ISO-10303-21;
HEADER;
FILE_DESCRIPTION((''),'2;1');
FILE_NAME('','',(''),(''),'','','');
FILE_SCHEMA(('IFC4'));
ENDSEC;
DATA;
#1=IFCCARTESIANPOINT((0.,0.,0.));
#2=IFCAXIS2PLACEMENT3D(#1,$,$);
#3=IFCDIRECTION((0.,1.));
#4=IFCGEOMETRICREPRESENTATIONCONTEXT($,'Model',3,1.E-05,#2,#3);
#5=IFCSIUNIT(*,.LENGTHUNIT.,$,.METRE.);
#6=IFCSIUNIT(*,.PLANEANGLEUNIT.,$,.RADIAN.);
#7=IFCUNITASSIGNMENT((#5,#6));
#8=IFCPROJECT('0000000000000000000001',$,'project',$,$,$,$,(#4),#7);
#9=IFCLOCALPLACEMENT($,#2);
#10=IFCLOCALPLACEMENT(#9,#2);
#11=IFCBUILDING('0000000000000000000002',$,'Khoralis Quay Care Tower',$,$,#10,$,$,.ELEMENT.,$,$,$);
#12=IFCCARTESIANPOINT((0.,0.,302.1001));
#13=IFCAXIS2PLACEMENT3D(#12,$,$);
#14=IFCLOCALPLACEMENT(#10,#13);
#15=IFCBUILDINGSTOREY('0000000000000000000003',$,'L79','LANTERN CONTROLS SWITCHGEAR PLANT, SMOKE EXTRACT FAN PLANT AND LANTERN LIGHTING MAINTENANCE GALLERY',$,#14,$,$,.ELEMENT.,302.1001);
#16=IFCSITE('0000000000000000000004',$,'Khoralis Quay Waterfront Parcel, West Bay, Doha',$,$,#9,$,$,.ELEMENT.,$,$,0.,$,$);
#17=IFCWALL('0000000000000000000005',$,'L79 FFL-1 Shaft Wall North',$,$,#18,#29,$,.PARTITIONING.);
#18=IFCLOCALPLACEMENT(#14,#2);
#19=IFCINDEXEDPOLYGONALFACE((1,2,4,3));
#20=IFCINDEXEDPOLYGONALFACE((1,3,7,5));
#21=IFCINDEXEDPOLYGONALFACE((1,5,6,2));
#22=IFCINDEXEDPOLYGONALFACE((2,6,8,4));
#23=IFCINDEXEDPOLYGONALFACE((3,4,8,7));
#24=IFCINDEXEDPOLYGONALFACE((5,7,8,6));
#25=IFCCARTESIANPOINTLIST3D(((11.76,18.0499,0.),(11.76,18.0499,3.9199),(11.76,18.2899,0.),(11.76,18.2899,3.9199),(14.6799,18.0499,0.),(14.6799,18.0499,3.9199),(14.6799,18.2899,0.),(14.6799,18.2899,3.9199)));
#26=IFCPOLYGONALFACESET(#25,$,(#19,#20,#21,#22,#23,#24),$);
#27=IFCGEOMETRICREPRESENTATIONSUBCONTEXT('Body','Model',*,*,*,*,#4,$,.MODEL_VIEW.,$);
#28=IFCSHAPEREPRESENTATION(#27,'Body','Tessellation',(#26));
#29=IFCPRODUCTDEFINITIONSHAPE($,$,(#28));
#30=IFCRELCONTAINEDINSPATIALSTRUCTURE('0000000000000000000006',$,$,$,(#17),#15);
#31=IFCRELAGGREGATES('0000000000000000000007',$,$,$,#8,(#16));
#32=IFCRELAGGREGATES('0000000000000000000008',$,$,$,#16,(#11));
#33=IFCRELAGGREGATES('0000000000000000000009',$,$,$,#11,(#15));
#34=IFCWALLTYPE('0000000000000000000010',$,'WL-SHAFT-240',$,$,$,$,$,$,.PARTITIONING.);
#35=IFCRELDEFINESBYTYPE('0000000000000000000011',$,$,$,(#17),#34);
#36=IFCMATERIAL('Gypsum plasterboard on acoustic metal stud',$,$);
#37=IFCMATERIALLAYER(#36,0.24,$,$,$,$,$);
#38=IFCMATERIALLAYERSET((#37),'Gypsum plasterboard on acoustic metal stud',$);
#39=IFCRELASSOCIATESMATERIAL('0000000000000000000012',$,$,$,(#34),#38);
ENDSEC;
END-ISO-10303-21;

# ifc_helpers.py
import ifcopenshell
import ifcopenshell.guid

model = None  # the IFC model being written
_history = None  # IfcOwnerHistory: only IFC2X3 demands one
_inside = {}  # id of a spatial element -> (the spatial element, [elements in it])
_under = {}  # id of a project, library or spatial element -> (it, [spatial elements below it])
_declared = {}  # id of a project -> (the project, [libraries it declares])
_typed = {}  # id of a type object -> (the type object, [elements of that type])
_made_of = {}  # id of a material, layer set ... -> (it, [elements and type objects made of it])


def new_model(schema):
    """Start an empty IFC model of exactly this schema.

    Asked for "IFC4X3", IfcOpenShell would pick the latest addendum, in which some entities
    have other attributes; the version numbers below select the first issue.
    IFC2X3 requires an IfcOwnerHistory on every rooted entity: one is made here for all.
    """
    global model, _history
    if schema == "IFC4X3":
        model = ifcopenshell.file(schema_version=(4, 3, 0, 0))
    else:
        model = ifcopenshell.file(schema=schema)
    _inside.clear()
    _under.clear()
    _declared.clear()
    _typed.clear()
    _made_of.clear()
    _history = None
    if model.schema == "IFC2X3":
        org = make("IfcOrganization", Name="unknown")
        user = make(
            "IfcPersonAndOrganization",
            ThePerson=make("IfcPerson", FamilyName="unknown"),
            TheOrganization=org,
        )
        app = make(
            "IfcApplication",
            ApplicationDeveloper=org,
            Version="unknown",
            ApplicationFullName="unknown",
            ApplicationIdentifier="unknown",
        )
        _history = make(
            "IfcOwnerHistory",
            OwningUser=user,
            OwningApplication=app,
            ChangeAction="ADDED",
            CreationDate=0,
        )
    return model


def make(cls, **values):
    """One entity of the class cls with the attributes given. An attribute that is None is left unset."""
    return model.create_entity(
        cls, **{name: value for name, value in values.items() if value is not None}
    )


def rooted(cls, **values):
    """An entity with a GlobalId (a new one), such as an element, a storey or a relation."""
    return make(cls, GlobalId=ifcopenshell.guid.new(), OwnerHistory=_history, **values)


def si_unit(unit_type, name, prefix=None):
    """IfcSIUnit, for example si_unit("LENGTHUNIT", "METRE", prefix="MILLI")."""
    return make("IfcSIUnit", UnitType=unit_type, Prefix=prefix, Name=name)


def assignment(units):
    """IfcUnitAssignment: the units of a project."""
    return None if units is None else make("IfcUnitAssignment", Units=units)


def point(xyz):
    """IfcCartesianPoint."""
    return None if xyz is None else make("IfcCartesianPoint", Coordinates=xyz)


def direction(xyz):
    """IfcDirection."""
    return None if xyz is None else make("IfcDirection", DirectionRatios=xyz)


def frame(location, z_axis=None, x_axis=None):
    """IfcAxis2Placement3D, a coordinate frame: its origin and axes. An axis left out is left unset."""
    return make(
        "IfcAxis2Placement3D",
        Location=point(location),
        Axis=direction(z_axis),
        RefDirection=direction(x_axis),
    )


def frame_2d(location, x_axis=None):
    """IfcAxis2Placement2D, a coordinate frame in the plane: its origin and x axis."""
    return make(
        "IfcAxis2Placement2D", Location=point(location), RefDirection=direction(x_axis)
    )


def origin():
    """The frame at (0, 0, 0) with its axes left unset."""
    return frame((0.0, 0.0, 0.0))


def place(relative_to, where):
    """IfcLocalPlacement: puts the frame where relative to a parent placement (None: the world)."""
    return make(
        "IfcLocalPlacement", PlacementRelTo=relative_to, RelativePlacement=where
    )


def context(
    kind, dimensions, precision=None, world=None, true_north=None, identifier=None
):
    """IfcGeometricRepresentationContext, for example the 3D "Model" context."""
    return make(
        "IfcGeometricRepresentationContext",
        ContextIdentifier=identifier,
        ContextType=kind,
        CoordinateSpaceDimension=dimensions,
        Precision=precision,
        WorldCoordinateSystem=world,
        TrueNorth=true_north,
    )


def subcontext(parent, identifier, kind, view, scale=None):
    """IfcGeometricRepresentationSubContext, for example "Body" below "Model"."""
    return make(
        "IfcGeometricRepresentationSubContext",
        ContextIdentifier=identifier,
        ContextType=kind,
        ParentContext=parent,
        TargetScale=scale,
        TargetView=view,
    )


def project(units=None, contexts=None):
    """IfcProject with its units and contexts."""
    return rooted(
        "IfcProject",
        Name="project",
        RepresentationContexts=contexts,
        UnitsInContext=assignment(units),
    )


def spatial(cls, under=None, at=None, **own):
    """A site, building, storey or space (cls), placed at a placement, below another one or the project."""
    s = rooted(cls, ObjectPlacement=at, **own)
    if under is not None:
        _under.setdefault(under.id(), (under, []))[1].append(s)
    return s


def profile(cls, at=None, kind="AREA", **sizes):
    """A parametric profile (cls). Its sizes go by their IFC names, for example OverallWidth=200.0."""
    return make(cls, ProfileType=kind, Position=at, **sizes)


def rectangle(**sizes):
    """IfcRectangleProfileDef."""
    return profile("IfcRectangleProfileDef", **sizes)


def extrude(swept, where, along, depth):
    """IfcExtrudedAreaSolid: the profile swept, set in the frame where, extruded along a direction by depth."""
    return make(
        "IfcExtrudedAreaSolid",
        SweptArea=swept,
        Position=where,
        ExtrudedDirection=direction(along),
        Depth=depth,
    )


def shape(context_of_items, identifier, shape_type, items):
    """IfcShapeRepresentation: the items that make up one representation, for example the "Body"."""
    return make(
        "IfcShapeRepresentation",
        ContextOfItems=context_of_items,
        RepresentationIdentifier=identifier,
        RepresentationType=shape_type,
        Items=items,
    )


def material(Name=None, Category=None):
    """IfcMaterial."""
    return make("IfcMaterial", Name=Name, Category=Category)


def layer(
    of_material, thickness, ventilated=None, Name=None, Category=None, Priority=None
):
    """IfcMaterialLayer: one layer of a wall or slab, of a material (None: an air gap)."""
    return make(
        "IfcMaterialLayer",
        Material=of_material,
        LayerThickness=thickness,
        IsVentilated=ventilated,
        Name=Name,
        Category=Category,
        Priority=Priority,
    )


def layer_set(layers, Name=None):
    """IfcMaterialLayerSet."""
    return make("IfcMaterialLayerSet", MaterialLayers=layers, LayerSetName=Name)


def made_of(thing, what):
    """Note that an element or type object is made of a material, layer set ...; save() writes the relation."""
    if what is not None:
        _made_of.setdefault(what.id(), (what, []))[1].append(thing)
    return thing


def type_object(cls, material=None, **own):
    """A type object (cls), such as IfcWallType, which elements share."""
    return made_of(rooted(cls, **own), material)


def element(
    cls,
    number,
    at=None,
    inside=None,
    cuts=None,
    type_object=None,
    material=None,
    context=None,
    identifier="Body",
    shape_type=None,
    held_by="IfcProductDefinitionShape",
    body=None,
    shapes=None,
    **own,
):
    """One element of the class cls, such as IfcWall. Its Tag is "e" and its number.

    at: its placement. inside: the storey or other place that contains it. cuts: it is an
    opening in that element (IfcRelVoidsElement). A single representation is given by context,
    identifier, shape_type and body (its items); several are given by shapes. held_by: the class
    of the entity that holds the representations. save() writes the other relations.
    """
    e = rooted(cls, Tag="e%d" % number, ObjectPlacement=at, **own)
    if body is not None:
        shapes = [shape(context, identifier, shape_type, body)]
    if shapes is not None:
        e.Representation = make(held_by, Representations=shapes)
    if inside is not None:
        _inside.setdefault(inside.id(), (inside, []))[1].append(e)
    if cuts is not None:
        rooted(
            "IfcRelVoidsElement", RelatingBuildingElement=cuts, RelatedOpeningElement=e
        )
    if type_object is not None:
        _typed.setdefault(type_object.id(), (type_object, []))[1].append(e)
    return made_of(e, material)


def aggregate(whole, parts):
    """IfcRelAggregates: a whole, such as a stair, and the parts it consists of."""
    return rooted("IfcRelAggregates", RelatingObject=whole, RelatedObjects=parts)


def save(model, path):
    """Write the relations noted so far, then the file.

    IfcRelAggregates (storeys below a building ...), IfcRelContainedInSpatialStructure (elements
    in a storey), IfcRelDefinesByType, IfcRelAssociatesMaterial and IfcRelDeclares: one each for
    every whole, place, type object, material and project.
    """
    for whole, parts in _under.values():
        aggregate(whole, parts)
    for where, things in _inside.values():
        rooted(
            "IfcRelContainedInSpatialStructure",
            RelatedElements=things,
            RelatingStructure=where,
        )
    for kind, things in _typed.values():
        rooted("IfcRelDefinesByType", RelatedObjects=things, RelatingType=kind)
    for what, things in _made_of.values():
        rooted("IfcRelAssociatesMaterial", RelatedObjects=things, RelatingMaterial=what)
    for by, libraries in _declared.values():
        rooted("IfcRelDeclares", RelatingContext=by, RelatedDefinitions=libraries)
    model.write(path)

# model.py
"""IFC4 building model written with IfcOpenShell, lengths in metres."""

from ifc_helpers import new_model, si_unit, direction, frame, frame_2d, origin, place, context, subcontext, project, spatial, rectangle, extrude, material, layer, layer_set, type_object, element, save


model = new_model("IFC4")

# Units and contexts
model_context = context("Model", 3, precision=1e-05, world=origin(), true_north=direction((0.0, 1.0)))
body_context = subcontext(model_context, "Body", "Model", "MODEL_VIEW")
ifc_project = project(units=[si_unit("LENGTHUNIT", "METRE"), si_unit("PLANEANGLEUNIT", "RADIAN")], contexts=[model_context])

# Site, building, storey
site_placement = place(None, origin())
site = spatial("IfcSite", under=ifc_project, at=site_placement, Name="Khoralis Quay Waterfront Parcel, West Bay, Doha", CompositionType="ELEMENT", RefElevation=0.0)
building_placement = place(site_placement, origin())
building = spatial("IfcBuilding", under=site, at=building_placement, Name="Khoralis Quay Care Tower", CompositionType="ELEMENT")
storey_placement = place(building_placement, frame((0.0, 0.0, 302.1001)))
storey = spatial("IfcBuildingStorey", under=building, at=storey_placement, Name="L79", Description="LANTERN CONTROLS SWITCHGEAR PLANT, SMOKE EXTRACT FAN PLANT AND LANTERN LIGHTING MAINTENANCE GALLERY", CompositionType="ELEMENT", Elevation=302.1001)

# Shared definitions
ifc_material_1 = material(Name="Gypsum plasterboard on acoustic metal stud")

# Wall
ifc_layer_1 = layer(ifc_material_1, 0.24)
ifc_layer_set_1 = layer_set([ifc_layer_1], Name="Gypsum plasterboard on acoustic metal stud")
wall_type_1 = type_object("IfcWallType", Name="WL-SHAFT-240", PredefinedType="PARTITIONING", material=ifc_layer_set_1)
wall_1_placement = place(storey_placement, frame((11.76, 18.1699, 0.0), z_axis=(0.0, 0.0, 1.0), x_axis=(1.0, 0.0, 0.0)))
element("IfcWall", 1, at=wall_1_placement, inside=storey, type_object=wall_type_1, Name="L79 FFL-1 Shaft Wall North", PredefinedType="PARTITIONING", context=body_context, shape_type="SweptSolid", body=[
    extrude(rectangle(XDim=2.9199, YDim=0.24, at=frame_2d((1.46, 0.0))), origin(), (0.0, 0.0, 1.0), 3.9199),
])

save(model, "model.ifc")
